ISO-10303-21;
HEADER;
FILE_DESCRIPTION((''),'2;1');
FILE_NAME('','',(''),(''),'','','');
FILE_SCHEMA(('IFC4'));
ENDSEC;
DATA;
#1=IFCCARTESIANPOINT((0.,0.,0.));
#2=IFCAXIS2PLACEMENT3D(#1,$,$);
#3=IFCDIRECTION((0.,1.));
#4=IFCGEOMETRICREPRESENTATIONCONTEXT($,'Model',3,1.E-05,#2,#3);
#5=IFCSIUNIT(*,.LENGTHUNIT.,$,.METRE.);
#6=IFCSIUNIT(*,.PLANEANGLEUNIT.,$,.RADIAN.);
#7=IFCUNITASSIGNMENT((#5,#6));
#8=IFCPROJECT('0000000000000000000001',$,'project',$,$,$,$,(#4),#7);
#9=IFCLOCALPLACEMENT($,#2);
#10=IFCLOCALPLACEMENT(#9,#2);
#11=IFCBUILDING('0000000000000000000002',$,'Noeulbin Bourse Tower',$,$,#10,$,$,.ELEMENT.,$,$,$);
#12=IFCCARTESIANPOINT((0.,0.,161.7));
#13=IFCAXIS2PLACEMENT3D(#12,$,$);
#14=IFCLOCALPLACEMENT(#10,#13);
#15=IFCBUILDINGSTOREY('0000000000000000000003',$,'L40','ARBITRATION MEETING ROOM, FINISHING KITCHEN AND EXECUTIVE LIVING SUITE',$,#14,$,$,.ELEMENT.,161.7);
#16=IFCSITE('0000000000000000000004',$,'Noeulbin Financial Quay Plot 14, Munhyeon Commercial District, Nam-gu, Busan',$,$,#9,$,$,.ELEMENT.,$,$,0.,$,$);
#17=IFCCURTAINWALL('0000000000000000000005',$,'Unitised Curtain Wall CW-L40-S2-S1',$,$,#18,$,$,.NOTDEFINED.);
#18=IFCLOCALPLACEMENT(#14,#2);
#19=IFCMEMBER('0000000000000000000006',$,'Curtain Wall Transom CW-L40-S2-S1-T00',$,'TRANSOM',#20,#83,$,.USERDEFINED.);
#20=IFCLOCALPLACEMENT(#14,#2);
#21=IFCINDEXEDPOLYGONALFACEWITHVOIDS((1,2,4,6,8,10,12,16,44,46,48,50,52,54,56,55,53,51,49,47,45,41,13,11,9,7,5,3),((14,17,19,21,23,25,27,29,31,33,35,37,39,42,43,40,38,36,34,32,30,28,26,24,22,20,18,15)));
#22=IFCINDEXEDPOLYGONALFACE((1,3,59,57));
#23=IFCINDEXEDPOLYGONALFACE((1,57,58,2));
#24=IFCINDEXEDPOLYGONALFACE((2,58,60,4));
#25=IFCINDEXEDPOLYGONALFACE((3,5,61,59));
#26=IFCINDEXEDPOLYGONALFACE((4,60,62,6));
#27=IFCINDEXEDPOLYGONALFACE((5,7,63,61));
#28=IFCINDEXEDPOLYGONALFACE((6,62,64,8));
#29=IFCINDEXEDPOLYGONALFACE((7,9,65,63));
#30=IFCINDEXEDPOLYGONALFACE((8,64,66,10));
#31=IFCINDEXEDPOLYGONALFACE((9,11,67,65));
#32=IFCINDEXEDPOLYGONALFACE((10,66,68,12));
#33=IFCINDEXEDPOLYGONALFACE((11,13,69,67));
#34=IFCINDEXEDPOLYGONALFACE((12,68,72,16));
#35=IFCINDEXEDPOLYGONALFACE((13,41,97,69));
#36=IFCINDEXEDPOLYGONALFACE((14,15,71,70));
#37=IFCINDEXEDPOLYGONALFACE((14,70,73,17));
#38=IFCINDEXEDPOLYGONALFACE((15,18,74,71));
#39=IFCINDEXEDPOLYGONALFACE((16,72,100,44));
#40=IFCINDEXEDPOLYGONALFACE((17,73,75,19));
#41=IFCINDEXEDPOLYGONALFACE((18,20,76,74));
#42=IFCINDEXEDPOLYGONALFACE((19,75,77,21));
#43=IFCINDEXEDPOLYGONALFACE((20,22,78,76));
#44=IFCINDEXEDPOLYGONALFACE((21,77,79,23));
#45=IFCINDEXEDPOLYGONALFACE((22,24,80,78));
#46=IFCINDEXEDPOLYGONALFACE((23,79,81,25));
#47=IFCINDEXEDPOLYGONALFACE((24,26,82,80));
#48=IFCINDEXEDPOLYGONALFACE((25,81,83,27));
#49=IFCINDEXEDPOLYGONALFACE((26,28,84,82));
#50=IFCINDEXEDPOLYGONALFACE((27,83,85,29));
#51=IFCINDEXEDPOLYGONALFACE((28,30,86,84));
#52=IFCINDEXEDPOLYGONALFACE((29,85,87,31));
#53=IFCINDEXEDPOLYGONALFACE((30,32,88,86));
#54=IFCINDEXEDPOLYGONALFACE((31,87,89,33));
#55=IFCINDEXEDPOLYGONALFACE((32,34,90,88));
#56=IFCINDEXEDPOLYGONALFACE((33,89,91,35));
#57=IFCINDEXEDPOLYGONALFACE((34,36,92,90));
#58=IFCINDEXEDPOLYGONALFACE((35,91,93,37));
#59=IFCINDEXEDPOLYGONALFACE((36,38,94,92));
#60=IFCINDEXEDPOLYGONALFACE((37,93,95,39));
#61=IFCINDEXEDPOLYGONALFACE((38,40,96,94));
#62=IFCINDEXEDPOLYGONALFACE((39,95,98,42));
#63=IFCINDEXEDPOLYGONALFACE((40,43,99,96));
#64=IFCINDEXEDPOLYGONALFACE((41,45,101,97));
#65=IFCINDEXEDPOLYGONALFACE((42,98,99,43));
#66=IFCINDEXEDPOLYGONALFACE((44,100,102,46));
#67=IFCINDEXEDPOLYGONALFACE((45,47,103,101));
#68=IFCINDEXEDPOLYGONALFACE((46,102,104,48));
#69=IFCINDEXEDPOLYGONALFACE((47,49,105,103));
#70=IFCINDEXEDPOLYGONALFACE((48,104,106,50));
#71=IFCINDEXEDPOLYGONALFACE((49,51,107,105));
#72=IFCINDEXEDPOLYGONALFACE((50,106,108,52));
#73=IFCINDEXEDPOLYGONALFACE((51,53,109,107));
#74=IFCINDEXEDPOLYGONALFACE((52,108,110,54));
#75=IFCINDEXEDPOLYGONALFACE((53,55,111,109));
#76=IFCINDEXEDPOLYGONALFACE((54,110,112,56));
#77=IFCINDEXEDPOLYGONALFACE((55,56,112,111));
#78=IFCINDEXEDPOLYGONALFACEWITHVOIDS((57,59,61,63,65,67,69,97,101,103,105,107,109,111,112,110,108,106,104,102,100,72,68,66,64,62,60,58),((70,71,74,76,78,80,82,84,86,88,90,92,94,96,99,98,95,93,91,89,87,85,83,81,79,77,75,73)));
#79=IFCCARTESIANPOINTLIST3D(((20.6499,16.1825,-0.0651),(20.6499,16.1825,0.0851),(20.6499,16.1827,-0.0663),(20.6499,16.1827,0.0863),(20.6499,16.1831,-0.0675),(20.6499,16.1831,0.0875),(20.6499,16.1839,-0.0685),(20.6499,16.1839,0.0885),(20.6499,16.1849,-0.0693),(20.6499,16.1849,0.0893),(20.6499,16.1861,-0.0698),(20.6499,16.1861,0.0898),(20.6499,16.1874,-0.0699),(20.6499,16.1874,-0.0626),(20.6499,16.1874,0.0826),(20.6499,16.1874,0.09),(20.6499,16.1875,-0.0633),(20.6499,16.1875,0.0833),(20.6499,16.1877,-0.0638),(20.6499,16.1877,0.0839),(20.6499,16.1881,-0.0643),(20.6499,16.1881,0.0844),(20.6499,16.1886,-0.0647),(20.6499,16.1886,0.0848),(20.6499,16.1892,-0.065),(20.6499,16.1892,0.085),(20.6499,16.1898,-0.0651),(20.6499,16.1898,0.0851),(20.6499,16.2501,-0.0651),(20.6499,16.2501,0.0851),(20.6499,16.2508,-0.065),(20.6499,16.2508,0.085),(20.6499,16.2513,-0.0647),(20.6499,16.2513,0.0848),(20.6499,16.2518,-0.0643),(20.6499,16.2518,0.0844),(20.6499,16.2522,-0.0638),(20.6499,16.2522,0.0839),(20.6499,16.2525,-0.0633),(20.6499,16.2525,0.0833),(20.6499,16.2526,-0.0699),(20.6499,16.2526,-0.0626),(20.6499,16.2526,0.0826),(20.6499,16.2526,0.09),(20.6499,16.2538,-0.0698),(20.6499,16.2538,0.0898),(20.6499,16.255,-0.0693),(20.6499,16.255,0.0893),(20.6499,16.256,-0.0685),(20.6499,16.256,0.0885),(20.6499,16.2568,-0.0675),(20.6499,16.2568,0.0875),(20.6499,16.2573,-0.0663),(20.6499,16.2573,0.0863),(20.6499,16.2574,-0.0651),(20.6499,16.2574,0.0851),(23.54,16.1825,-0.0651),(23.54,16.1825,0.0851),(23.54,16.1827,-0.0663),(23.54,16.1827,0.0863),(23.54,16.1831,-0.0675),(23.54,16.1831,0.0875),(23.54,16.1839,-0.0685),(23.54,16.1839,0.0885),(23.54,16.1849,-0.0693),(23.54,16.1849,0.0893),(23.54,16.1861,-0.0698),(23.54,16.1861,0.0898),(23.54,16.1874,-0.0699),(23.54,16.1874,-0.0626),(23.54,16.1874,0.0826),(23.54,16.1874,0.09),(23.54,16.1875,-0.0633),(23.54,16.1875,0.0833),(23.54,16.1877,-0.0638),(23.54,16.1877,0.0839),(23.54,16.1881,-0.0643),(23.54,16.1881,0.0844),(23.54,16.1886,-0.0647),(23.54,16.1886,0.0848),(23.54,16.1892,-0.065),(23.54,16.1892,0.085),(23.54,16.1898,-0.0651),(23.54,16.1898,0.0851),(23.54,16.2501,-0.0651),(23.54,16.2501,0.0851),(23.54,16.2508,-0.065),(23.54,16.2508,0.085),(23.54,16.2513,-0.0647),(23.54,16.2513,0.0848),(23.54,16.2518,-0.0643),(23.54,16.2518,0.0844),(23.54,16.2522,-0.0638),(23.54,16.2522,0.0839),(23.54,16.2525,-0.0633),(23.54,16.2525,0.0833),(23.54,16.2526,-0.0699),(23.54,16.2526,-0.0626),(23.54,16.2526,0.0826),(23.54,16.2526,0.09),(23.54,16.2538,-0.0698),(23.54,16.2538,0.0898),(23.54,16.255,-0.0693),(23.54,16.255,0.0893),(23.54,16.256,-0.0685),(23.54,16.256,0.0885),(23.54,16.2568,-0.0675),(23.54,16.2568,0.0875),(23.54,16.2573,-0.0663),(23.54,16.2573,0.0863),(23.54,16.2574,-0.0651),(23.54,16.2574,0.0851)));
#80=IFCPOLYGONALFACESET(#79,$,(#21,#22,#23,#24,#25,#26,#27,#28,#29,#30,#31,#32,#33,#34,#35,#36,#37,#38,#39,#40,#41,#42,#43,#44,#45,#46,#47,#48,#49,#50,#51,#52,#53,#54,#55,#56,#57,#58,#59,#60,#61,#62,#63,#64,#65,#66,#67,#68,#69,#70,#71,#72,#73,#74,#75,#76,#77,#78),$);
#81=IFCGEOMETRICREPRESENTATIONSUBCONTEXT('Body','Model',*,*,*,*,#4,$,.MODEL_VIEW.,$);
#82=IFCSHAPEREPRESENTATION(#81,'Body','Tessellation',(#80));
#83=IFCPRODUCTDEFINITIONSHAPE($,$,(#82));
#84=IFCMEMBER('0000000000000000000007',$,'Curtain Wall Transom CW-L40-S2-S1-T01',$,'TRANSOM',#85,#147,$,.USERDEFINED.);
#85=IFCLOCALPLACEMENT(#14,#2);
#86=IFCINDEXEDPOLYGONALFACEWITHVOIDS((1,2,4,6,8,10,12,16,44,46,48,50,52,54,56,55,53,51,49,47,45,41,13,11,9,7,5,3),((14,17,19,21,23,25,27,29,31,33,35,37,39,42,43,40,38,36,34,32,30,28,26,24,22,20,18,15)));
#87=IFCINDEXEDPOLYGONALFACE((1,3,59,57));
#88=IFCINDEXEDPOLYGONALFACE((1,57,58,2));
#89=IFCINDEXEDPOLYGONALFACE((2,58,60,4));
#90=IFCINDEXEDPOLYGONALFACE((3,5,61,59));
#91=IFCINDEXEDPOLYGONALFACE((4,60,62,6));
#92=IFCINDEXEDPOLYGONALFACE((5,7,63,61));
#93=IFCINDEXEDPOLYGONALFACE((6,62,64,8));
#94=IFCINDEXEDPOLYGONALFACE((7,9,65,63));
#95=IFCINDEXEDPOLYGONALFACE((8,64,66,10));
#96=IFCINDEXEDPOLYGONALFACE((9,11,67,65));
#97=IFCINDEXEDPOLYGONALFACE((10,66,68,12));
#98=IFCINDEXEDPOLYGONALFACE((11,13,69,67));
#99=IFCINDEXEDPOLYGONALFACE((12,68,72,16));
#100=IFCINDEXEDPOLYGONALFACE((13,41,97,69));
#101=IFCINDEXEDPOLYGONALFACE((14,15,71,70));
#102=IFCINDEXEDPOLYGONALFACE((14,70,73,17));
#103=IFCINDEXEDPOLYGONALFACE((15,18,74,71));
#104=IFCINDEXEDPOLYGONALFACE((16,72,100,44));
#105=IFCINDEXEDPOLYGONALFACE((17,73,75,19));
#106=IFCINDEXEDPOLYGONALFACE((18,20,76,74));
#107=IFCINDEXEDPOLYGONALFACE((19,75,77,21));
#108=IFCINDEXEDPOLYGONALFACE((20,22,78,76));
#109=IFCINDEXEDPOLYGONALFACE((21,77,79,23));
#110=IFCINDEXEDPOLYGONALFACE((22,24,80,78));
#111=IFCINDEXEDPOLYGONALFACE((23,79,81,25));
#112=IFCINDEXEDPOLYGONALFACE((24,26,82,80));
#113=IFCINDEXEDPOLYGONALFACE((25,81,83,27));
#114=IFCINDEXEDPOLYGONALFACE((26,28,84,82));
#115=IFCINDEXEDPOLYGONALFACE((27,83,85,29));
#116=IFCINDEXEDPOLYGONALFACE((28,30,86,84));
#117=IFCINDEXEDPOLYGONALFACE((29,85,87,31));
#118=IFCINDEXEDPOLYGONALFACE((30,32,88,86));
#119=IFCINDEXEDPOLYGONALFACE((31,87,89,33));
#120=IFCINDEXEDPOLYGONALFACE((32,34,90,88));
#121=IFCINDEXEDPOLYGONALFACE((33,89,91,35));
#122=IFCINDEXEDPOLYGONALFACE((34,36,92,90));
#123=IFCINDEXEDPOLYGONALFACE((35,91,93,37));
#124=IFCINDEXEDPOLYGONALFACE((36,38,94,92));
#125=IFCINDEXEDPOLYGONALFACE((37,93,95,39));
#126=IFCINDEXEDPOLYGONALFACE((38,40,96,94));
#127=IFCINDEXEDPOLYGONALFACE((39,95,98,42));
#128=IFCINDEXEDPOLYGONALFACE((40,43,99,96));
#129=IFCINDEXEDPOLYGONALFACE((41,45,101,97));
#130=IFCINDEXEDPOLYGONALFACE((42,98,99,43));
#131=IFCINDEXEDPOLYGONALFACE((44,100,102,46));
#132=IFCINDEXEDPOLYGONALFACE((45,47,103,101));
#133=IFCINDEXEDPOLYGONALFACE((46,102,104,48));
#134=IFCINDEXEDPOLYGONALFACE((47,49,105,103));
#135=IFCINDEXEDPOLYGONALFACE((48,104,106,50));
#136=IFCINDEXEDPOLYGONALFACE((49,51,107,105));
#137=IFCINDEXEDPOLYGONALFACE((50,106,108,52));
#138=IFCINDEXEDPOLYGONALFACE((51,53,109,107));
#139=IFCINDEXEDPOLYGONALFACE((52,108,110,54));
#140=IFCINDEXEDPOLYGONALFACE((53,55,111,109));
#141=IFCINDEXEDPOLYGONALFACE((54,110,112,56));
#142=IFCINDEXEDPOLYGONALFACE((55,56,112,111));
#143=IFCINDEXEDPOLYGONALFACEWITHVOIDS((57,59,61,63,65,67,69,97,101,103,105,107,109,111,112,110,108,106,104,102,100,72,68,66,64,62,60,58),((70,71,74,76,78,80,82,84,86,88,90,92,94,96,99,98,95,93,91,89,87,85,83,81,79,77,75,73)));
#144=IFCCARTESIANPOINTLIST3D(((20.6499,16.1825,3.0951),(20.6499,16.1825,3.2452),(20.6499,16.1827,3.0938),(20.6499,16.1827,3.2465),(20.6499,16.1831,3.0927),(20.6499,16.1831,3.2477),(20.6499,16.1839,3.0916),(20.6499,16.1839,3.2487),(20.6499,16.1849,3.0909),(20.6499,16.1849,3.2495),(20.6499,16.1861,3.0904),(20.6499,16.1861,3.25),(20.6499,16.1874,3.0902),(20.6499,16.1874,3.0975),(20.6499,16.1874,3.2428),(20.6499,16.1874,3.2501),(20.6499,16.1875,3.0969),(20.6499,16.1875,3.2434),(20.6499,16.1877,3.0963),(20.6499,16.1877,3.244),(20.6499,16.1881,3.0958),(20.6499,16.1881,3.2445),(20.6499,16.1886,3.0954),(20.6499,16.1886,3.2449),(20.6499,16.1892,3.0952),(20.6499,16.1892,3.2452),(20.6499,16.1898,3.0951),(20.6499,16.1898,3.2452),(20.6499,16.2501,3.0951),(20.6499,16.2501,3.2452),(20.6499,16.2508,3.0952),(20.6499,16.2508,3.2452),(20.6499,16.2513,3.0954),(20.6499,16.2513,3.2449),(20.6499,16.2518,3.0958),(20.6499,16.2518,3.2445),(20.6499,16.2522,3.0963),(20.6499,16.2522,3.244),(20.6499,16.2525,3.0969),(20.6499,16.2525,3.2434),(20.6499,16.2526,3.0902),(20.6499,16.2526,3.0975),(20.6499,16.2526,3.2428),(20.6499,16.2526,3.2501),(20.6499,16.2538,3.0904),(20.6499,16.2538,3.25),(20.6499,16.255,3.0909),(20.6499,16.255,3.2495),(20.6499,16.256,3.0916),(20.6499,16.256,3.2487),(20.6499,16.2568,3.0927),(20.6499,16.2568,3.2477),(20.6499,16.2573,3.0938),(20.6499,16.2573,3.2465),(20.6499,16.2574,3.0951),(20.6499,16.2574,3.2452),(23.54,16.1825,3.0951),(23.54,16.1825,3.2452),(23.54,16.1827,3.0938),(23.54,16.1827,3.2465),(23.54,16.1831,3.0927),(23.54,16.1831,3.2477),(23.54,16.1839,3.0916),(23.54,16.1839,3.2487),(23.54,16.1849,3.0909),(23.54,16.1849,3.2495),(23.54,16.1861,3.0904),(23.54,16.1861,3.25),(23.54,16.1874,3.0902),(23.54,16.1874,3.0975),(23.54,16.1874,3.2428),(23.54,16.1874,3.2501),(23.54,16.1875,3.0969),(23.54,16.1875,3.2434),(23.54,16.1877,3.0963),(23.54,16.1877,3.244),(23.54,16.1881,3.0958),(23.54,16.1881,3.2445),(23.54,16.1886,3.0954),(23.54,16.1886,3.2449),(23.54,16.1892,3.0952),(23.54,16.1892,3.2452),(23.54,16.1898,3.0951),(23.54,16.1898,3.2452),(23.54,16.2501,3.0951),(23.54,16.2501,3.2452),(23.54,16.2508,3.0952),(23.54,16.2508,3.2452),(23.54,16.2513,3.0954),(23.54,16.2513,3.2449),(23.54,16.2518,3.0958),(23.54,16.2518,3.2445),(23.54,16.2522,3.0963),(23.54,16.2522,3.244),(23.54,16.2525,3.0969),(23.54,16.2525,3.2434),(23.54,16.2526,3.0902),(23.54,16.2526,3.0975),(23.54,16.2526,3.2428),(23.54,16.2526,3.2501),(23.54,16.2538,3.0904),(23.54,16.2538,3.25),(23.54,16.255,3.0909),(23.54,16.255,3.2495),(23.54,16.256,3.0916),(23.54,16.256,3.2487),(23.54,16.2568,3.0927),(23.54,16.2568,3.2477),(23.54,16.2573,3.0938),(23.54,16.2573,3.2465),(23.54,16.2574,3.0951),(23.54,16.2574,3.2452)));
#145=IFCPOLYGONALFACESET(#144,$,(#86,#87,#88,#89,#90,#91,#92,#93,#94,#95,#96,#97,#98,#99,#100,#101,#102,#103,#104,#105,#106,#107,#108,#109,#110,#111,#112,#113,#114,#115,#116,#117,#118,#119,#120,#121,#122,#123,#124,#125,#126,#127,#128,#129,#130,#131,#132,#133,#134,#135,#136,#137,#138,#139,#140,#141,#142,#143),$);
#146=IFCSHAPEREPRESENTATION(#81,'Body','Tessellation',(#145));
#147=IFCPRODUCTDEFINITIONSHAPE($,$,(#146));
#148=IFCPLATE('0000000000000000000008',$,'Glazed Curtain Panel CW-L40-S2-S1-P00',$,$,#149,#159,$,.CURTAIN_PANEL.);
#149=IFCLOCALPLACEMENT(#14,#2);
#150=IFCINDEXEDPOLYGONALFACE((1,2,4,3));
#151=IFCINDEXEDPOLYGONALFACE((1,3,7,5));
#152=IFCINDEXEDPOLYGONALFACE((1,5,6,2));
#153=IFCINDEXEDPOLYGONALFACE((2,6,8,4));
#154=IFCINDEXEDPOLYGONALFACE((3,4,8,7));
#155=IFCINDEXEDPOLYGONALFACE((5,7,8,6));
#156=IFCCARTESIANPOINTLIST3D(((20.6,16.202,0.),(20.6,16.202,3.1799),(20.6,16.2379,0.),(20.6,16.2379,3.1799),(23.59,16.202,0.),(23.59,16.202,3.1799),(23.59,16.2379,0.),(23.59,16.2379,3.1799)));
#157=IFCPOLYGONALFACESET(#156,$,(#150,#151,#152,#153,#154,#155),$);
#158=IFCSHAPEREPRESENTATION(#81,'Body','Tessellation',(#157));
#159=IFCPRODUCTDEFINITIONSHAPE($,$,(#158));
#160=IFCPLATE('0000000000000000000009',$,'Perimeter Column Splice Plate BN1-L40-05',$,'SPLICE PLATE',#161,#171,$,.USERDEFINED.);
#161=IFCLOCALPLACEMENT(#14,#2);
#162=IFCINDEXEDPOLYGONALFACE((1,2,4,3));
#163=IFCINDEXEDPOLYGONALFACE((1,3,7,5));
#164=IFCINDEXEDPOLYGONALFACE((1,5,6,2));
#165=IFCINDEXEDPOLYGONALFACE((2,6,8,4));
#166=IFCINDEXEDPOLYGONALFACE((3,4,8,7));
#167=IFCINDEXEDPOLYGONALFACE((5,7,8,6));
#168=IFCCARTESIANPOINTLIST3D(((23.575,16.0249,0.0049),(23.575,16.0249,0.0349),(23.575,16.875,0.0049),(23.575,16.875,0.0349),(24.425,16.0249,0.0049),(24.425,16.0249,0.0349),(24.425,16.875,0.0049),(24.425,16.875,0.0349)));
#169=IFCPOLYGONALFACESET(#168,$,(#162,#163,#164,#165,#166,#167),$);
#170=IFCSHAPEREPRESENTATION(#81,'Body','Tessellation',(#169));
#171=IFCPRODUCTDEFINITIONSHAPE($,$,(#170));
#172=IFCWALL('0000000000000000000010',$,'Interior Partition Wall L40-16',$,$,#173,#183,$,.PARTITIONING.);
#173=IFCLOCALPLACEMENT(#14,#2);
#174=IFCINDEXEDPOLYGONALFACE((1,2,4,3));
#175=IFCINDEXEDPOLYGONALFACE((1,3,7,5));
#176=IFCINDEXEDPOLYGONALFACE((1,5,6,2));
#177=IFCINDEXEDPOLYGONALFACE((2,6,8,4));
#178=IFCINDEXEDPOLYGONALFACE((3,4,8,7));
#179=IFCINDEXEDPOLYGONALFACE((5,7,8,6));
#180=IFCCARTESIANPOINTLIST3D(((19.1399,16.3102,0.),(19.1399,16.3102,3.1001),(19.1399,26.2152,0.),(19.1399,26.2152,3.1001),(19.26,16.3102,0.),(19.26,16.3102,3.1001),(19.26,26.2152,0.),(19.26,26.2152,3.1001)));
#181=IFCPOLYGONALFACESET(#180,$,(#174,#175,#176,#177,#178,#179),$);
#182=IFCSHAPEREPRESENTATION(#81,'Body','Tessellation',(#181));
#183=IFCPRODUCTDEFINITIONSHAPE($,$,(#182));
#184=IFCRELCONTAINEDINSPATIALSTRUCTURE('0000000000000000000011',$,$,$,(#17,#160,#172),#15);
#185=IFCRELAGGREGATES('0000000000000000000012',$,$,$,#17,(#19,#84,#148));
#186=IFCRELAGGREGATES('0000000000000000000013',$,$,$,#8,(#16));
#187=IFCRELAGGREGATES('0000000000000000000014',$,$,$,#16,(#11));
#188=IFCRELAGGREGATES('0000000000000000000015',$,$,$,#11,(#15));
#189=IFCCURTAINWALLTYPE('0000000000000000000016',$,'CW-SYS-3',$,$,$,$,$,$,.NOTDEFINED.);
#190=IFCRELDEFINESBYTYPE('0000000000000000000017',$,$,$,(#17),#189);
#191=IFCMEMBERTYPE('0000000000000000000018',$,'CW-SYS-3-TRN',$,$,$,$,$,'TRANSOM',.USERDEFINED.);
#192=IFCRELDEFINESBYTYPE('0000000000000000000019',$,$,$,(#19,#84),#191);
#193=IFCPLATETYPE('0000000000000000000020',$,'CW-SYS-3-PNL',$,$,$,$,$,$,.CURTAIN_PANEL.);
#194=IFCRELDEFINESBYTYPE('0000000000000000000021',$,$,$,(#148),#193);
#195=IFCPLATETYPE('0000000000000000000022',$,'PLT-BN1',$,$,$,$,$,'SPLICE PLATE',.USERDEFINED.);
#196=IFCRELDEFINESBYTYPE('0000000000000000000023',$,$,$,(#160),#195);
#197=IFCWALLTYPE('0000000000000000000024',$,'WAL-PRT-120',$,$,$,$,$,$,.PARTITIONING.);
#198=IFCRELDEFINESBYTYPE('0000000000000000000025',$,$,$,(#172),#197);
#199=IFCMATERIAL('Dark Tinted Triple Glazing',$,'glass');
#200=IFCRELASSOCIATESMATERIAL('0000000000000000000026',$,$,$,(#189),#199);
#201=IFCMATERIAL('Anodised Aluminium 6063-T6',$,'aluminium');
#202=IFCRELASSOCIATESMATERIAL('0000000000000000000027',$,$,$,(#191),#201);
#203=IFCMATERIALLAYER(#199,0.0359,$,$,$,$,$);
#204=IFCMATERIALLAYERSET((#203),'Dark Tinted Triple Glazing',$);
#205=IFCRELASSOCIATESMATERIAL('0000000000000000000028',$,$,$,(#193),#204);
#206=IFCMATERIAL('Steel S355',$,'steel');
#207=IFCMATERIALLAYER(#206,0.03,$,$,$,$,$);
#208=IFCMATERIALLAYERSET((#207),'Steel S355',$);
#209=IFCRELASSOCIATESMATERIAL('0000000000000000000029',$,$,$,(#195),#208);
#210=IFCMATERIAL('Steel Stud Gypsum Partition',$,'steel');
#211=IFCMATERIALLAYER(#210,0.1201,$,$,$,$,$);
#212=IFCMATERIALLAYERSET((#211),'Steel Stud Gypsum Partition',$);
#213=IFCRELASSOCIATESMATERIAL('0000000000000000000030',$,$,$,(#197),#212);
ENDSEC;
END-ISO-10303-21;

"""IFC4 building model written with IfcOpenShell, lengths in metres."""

from ifc_helpers import new_model, si_unit, direction, frame, frame_2d, origin, origin_2d, place, context, subcontext, project, spatial, rectangle, hollow_rectangle, extrude, material, layer, layer_set, material_profile, profile_set, type_object, element, aggregate, save


model = new_model("IFC4")

# Units and contexts
model_context = context("Model", 3, precision=1e-05, world=origin(), true_north=direction((0.0, 1.0)))
body_context = subcontext(model_context, "Body", "Model", "MODEL_VIEW")
ifc_project = project(units=[si_unit("LENGTHUNIT", "METRE"), si_unit("PLANEANGLEUNIT", "RADIAN")], contexts=[model_context])

# Site, building, storey
site_placement = place(None, origin())
site = spatial("IfcSite", under=ifc_project, at=site_placement, Name="Noeulbin Financial Quay Plot 14, Munhyeon Commercial District, Nam-gu, Busan", CompositionType="ELEMENT", RefElevation=0.0)
building_placement = place(site_placement, origin())
building = spatial("IfcBuilding", under=site, at=building_placement, Name="Noeulbin Bourse Tower", CompositionType="ELEMENT")
storey_placement = place(building_placement, frame((0.0, 0.0, 161.7)))
storey = spatial("IfcBuildingStorey", under=building, at=storey_placement, Name="L40", Description="ARBITRATION MEETING ROOM, FINISHING KITCHEN AND EXECUTIVE LIVING SUITE", CompositionType="ELEMENT", Elevation=161.7)

# Shared definitions
ifc_material_1 = material(Name="Steel S355", Category="steel")

# Curtain wall, members, plate
ifc_material_2 = material(Name="Dark Tinted Triple Glazing", Category="glass")
curtain_wall_type = type_object("IfcCurtainWallType", Name="CW-SYS-3", PredefinedType="NOTDEFINED", material=ifc_material_2)
curtain_wall_placement = place(storey_placement, origin())
curtain_wall = element("IfcCurtainWall", 1, at=curtain_wall_placement, inside=storey, type_object=curtain_wall_type, Name="Unitised Curtain Wall CW-L40-S2-S1", PredefinedType="NOTDEFINED")
ifc_material_3 = material(Name="Anodised Aluminium 6063-T6", Category="aluminium")
ifc_material_profile_1 = material_profile(ifc_material_3, hollow_rectangle(XDim=0.075, YDim=0.1599, WallThickness=0.0049, InnerFilletRadius=0.0024, OuterFilletRadius=0.0049, at=origin_2d()), Name="ALU-TRAN-75x160x5", Category="LoadBearing")
ifc_profile_set_1 = profile_set([ifc_material_profile_1], Name="Anodised Aluminium 6063-T6")
member_type_1 = type_object("IfcMemberType", Name="CW-SYS-3-TRN", ElementType="TRANSOM", PredefinedType="USERDEFINED", material=ifc_profile_set_1)
member_1_placement = place(storey_placement, frame((20.6499, 16.22, 0.01), z_axis=(1.0, 0.0, 0.0), x_axis=(0.0, 1.0, 0.0)))
member_1 = element("IfcMember", 2, at=member_1_placement, type_object=member_type_1, Name="Curtain Wall Transom CW-L40-S2-S1-T00", ObjectType="TRANSOM", PredefinedType="USERDEFINED", context=body_context, shape_type="SweptSolid", body=[
    extrude(hollow_rectangle(XDim=0.075, YDim=0.1599, WallThickness=0.0049, InnerFilletRadius=0.0024, OuterFilletRadius=0.0049, at=origin_2d()), origin(), (0.0, 0.0, 1.0), 2.8901),
])
member_2_placement = place(storey_placement, frame((20.6499, 16.22, 3.1702), z_axis=(1.0, 0.0, 0.0), x_axis=(0.0, 1.0, 0.0)))
member_2 = element("IfcMember", 3, at=member_2_placement, type_object=member_type_1, Name="Curtain Wall Transom CW-L40-S2-S1-T01", ObjectType="TRANSOM", PredefinedType="USERDEFINED", context=body_context, shape_type="SweptSolid", body=[
    extrude(hollow_rectangle(XDim=0.075, YDim=0.1599, WallThickness=0.0049, InnerFilletRadius=0.0024, OuterFilletRadius=0.0049, at=origin_2d()), origin(), (0.0, 0.0, 1.0), 2.8901),
])
ifc_layer_1 = layer(ifc_material_2, 0.0359)
ifc_layer_set_1 = layer_set([ifc_layer_1], Name="Dark Tinted Triple Glazing")
plate_type_1 = type_object("IfcPlateType", Name="CW-SYS-3-PNL", PredefinedType="CURTAIN_PANEL", material=ifc_layer_set_1)
plate_1_placement = place(storey_placement, frame((22.095, 16.22, 0.0), z_axis=(0.0, 0.0, 1.0), x_axis=(1.0, 0.0, 0.0)))
plate_1 = element("IfcPlate", 4, at=plate_1_placement, type_object=plate_type_1, Name="Glazed Curtain Panel CW-L40-S2-S1-P00", PredefinedType="CURTAIN_PANEL", context=body_context, shape_type="SweptSolid", body=[
    extrude(rectangle(XDim=2.99, YDim=0.0359, at=origin_2d()), origin(), (0.0, 0.0, 1.0), 3.1799),
])
aggregate(curtain_wall, [member_1, member_2, plate_1])

# Plate
ifc_layer_2 = layer(ifc_material_1, 0.03)
ifc_layer_set_2 = layer_set([ifc_layer_2], Name="Steel S355")
plate_type_2 = type_object("IfcPlateType", Name="PLT-BN1", ElementType="SPLICE PLATE", PredefinedType="USERDEFINED", material=ifc_layer_set_2)
plate_2_placement = place(storey_placement, frame((24.0, 16.45, 0.0049), z_axis=(0.0, 0.0, 1.0), x_axis=(1.0, 0.0, 0.0)))
element("IfcPlate", 5, at=plate_2_placement, inside=storey, type_object=plate_type_2, Name="Perimeter Column Splice Plate BN1-L40-05", ObjectType="SPLICE PLATE", PredefinedType="USERDEFINED", context=body_context, shape_type="SweptSolid", body=[
    extrude(rectangle(XDim=0.8501, YDim=0.8501, at=origin_2d()), origin(), (0.0, 0.0, 1.0), 0.03),
])

# Wall
ifc_material_4 = material(Name="Steel Stud Gypsum Partition", Category="steel")
ifc_layer_3 = layer(ifc_material_4, 0.1201)
ifc_layer_set_3 = layer_set([ifc_layer_3], Name="Steel Stud Gypsum Partition")
wall_type = type_object("IfcWallType", Name="WAL-PRT-120", PredefinedType="PARTITIONING", material=ifc_layer_set_3)
wall_placement = place(storey_placement, frame((19.2, 16.3101, 0.0), z_axis=(0.0, 0.0, 1.0), x_axis=(0.0, 1.0, 0.0)))
element("IfcWall", 6, at=wall_placement, inside=storey, type_object=wall_type, Name="Interior Partition Wall L40-16", PredefinedType="PARTITIONING", context=body_context, shape_type="SweptSolid", body=[
    extrude(rectangle(XDim=9.905, YDim=0.1201, at=frame_2d((4.9526, 0.0))), origin(), (0.0, 0.0, 1.0), 3.1001),
])

save(model, "model.ifc")
